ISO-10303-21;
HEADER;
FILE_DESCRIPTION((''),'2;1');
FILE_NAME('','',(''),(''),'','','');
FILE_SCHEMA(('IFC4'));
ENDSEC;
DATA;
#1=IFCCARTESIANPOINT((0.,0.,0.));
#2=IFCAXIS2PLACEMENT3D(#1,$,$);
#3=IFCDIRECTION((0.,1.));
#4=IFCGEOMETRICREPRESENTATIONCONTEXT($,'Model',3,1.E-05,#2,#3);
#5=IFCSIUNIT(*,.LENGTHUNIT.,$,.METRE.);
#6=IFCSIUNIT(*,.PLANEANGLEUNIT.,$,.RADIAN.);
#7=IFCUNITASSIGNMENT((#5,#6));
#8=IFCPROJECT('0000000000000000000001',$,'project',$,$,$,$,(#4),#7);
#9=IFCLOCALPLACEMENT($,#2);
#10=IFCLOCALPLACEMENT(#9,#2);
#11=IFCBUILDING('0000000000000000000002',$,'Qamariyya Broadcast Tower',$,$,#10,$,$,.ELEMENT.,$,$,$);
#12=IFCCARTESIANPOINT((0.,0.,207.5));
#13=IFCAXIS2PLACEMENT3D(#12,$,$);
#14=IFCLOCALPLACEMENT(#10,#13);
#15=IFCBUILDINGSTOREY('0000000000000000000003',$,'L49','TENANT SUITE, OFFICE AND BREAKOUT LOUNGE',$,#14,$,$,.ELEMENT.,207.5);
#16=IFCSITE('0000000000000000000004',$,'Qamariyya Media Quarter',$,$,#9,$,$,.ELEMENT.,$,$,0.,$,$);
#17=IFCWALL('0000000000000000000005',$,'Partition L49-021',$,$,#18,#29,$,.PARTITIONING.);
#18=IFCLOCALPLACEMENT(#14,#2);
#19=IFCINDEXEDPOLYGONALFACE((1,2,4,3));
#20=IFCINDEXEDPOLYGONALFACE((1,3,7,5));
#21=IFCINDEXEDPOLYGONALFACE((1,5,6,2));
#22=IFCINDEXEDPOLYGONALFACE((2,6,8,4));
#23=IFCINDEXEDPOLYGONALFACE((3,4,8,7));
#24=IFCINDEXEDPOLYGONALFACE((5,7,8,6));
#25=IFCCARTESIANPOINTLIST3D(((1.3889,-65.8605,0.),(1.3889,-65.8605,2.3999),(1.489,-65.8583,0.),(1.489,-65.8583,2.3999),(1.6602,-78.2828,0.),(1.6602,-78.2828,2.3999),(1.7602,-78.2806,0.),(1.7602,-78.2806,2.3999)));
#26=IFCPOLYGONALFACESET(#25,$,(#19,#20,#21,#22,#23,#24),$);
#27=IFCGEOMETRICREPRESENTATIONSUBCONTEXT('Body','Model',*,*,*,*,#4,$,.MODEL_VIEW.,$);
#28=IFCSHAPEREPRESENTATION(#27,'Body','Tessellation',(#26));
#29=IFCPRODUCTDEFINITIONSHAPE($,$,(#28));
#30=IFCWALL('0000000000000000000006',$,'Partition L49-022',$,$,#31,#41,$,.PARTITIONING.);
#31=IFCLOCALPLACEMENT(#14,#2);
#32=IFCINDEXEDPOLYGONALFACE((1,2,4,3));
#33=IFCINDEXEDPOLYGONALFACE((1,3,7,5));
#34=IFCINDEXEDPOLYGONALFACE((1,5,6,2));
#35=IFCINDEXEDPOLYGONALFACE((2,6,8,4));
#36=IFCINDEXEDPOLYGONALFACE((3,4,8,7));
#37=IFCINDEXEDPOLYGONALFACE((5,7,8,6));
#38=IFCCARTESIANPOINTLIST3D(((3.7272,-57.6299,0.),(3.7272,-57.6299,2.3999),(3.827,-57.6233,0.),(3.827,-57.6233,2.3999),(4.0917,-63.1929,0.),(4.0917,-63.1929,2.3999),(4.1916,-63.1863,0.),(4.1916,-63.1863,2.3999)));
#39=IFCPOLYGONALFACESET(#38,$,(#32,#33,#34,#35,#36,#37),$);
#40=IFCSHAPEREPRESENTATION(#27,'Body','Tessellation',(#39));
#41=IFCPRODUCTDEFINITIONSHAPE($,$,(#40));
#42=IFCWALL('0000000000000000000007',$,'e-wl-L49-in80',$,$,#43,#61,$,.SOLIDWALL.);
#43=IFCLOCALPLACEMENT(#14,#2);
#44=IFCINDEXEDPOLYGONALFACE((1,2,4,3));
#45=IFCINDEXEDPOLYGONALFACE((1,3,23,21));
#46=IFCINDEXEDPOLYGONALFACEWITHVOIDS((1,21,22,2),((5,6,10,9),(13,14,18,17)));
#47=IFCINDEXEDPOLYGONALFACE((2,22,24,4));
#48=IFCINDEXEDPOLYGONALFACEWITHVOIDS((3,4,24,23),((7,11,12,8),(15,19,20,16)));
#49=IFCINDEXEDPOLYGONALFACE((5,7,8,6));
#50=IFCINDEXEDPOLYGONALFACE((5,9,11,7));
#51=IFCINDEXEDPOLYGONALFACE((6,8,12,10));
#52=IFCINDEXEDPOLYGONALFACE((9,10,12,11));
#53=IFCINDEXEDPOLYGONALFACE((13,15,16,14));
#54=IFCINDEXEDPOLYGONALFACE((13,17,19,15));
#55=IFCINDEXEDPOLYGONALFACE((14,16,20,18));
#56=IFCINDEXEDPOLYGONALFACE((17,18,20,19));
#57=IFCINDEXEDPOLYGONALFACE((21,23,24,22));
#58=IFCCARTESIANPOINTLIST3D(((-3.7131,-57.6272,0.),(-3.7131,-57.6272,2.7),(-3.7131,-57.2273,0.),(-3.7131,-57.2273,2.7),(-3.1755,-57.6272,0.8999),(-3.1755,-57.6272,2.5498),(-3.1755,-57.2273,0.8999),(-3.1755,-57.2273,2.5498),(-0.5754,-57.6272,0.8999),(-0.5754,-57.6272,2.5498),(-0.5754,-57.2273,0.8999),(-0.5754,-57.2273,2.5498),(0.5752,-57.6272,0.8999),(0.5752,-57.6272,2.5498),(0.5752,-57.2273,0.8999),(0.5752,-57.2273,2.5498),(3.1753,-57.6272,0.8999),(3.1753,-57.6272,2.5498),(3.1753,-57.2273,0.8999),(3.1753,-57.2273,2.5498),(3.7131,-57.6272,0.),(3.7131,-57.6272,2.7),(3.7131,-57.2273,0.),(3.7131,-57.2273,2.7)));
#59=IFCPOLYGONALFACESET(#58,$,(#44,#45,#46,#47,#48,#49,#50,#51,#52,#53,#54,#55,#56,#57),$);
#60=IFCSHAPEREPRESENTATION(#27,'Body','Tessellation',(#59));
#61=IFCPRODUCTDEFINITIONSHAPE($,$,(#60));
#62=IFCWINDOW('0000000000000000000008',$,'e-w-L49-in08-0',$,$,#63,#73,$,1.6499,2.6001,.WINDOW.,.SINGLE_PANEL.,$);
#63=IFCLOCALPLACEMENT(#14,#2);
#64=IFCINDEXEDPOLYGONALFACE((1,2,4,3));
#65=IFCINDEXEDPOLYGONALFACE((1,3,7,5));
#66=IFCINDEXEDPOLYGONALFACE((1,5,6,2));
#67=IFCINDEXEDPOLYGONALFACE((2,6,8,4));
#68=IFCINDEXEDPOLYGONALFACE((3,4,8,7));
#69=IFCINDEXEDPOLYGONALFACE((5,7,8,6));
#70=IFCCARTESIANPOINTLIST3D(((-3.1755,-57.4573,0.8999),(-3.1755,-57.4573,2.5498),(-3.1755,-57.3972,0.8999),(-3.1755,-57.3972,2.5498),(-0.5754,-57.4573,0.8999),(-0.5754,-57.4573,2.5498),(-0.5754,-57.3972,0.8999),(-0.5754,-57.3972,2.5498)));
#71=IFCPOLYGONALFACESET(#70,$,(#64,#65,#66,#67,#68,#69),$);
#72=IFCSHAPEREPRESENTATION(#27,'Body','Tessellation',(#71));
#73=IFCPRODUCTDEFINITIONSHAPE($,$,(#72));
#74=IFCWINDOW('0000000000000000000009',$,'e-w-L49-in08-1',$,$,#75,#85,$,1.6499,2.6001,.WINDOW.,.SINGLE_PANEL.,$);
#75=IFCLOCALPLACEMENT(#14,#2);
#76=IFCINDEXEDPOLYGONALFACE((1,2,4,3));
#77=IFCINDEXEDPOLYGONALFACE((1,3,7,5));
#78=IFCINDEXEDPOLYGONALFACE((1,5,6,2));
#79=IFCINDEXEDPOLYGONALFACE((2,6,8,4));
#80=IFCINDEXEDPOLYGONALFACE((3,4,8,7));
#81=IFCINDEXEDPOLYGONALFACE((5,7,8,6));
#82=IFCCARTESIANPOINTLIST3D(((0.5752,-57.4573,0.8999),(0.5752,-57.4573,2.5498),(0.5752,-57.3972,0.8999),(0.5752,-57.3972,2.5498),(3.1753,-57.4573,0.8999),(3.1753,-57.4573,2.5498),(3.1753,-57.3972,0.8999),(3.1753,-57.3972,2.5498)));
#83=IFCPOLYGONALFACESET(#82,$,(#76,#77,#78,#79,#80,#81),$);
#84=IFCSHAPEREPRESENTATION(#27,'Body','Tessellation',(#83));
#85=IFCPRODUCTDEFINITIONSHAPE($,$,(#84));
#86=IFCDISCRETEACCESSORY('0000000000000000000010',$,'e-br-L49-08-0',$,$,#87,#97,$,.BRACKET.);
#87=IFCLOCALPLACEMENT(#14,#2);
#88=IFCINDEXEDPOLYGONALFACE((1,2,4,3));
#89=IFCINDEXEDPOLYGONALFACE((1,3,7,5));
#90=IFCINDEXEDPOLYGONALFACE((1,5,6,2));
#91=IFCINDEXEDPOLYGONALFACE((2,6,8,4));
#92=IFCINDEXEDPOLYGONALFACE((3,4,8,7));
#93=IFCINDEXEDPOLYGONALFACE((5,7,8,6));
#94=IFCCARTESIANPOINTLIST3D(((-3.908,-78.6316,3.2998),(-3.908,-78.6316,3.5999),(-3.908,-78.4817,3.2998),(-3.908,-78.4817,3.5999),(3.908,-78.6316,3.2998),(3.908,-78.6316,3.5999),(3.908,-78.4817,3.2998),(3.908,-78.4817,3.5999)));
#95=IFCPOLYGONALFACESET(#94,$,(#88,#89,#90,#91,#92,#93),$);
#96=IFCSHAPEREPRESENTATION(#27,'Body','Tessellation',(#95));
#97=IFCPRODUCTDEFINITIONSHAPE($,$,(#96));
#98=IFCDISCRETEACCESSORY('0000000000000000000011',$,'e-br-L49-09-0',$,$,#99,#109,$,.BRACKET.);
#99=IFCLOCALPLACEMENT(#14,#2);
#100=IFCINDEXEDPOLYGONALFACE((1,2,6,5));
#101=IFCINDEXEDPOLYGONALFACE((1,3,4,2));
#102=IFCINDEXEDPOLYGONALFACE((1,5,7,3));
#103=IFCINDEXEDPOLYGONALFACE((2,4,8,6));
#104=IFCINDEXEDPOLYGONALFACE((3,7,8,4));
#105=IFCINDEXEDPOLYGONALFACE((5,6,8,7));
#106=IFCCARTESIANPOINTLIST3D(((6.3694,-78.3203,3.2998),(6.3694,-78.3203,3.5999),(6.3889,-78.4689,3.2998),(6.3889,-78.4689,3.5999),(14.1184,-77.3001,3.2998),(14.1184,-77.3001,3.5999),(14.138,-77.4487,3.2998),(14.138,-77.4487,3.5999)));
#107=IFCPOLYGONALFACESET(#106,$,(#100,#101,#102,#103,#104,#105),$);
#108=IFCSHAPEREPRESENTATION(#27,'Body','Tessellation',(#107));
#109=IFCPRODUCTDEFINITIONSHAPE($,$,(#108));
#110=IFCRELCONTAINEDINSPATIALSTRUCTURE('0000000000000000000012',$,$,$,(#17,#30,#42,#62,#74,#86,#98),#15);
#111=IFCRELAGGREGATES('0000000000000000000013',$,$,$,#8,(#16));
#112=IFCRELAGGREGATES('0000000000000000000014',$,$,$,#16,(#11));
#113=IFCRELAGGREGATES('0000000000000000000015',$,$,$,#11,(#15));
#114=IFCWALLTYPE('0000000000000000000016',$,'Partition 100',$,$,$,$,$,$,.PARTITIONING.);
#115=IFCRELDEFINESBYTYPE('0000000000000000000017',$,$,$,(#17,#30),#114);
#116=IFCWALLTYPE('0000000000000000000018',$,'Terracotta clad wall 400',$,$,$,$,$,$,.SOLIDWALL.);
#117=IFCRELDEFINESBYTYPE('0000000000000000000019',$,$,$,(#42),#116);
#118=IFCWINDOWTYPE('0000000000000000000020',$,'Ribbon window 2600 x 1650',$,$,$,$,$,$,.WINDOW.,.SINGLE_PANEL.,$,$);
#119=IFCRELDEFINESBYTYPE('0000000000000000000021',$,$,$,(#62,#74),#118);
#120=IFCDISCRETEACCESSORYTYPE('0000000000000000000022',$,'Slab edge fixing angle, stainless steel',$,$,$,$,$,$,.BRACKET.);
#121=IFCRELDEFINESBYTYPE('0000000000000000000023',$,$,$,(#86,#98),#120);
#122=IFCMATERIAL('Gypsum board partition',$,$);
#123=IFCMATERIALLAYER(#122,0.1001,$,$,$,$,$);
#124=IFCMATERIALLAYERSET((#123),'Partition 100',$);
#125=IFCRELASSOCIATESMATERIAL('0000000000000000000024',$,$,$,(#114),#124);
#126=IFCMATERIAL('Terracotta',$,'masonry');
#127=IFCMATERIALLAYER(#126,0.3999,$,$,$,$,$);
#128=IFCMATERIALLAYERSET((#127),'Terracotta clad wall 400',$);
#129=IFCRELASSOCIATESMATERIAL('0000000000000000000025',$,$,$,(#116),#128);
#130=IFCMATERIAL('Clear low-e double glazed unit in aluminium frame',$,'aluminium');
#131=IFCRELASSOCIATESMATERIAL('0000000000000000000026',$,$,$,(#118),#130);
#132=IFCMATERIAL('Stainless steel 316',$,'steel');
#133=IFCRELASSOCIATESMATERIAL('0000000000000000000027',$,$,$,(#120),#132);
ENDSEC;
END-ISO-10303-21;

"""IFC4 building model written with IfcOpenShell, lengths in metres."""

from ifc_helpers import new_model, si_unit, direction, frame, frame_2d, origin, origin_2d, place, context, subcontext, project, spatial, rectangle, extrude, material, layer, layer_set, type_object, element, fill, save


model = new_model("IFC4")

# Units and contexts
model_context = context("Model", 3, precision=1e-05, world=origin(), true_north=direction((0.0, 1.0)))
body_context = subcontext(model_context, "Body", "Model", "MODEL_VIEW")
ifc_project = project(units=[si_unit("LENGTHUNIT", "METRE"), si_unit("PLANEANGLEUNIT", "RADIAN")], contexts=[model_context])

# Site, building, storey
site_placement = place(None, origin())
site = spatial("IfcSite", under=ifc_project, at=site_placement, Name="Qamariyya Media Quarter", CompositionType="ELEMENT", RefElevation=0.0)
building_placement = place(site_placement, origin())
building = spatial("IfcBuilding", under=site, at=building_placement, Name="Qamariyya Broadcast Tower", CompositionType="ELEMENT")
storey_placement = place(building_placement, frame((0.0, 0.0, 207.5)))
storey = spatial("IfcBuildingStorey", under=building, at=storey_placement, Name="L49", Description="TENANT SUITE, OFFICE AND BREAKOUT LOUNGE", CompositionType="ELEMENT", Elevation=207.5)

# Shared definitions
ifc_material_1 = material(Name="Gypsum board partition")

# Walls
ifc_layer_1 = layer(ifc_material_1, 0.1001)
ifc_layer_set_1 = layer_set([ifc_layer_1], Name="Partition 100")
wall_type_1 = type_object("IfcWallType", Name="Partition 100", PredefinedType="PARTITIONING", material=ifc_layer_set_1)
wall_1_placement = place(storey_placement, frame((1.7102, -78.2817, 0.0), z_axis=(0.0, 0.0, 1.0), x_axis=(-0.02183, 0.999762, 0.0)))
element("IfcWall", 1, at=wall_1_placement, inside=storey, type_object=wall_type_1, Name="Partition L49-021", PredefinedType="PARTITIONING", context=body_context, shape_type="SweptSolid", body=[
    extrude(rectangle(XDim=12.4253, YDim=0.1001, at=frame_2d((6.2126, 0.0))), origin(), (0.0, 0.0, 1.0), 2.3999),
])
wall_2_placement = place(storey_placement, frame((3.7771, -57.6265, 0.0), z_axis=(0.0, 0.0, 1.0), x_axis=(0.065382, -0.99786, 0.0)))
element("IfcWall", 2, at=wall_2_placement, inside=storey, type_object=wall_type_1, Name="Partition L49-022", PredefinedType="PARTITIONING", context=body_context, shape_type="SweptSolid", body=[
    extrude(rectangle(XDim=5.575, YDim=0.1001, at=frame_2d((2.7876, 0.0))), origin(), (0.0, 0.0, 1.0), 2.3999),
])

# Wall, openings, windows
ifc_material_2 = material(Name="Terracotta", Category="masonry")
ifc_layer_2 = layer(ifc_material_2, 0.3999)
ifc_layer_set_2 = layer_set([ifc_layer_2], Name="Terracotta clad wall 400")
wall_type_2 = type_object("IfcWallType", Name="Terracotta clad wall 400", PredefinedType="SOLIDWALL", material=ifc_layer_set_2)
wall_3_placement = place(storey_placement, frame((3.7131, -57.4272, 0.0), z_axis=(0.0, 0.0, 1.0), x_axis=(-1.0, 0.0, 0.0)))
wall_3 = element("IfcWall", 3, at=wall_3_placement, inside=storey, type_object=wall_type_2, Name="e-wl-L49-in80", PredefinedType="SOLIDWALL", context=body_context, shape_type="SweptSolid", body=[
    extrude(rectangle(XDim=7.4263, YDim=0.3999, at=frame_2d((3.7131, 0.0))), origin(), (0.0, 0.0, 1.0), 2.7),
])
opening_1_placement = place(wall_3_placement, frame((4.2886, 0.0, 0.8999)))
opening_1 = element("IfcOpeningElement", 4, at=opening_1_placement, cuts=wall_3, PredefinedType="OPENING", context=body_context, shape_type="SweptSolid", body=[
    extrude(rectangle(XDim=2.6001, YDim=1.6499, at=frame_2d((1.3, 0.825))), frame((0.0, 0.21, 0.0), z_axis=(0.0, -1.0, 0.0), x_axis=(1.0, 0.0, 0.0)), (0.0, 0.0, 1.0), 0.4199),
])
opening_2_placement = place(wall_3_placement, frame((0.5378, 0.0, 0.8999)))
opening_2 = element("IfcOpeningElement", 5, at=opening_2_placement, cuts=wall_3, PredefinedType="OPENING", context=body_context, shape_type="SweptSolid", body=[
    extrude(rectangle(XDim=2.6001, YDim=1.6499, at=frame_2d((1.3, 0.825))), frame((0.0, 0.21, 0.0), z_axis=(0.0, -1.0, 0.0), x_axis=(1.0, 0.0, 0.0)), (0.0, 0.0, 1.0), 0.4199),
])
ifc_material_3 = material(Name="Clear low-e double glazed unit in aluminium frame", Category="aluminium")
window_type = type_object("IfcWindowType", Name="Ribbon window 2600 x 1650", PartitioningType="SINGLE_PANEL", PredefinedType="WINDOW", material=ifc_material_3)
window_1_placement = place(opening_1_placement, origin())
window_1 = element("IfcWindow", 6, at=window_1_placement, inside=storey, type_object=window_type, Name="e-w-L49-in08-0", OverallHeight=1.6499, OverallWidth=2.6001, PartitioningType="SINGLE_PANEL", PredefinedType="WINDOW", context=body_context, shape_type="SweptSolid", body=[
    extrude(rectangle(XDim=2.6001, YDim=1.6499, at=frame_2d((1.3, 0.825))), frame((0.0, 0.03, 0.0), z_axis=(0.0, -1.0, 0.0), x_axis=(1.0, 0.0, 0.0)), (0.0, 0.0, 1.0), 0.0601),
])
fill(opening_1, window_1)
window_2_placement = place(opening_2_placement, origin())
window_2 = element("IfcWindow", 7, at=window_2_placement, inside=storey, type_object=window_type, Name="e-w-L49-in08-1", OverallHeight=1.6499, OverallWidth=2.6001, PartitioningType="SINGLE_PANEL", PredefinedType="WINDOW", context=body_context, shape_type="SweptSolid", body=[
    extrude(rectangle(XDim=2.6001, YDim=1.6499, at=frame_2d((1.3, 0.825))), frame((0.0, 0.03, 0.0), z_axis=(0.0, -1.0, 0.0), x_axis=(1.0, 0.0, 0.0)), (0.0, 0.0, 1.0), 0.0601),
])
fill(opening_2, window_2)

# Discrete accessories
ifc_material_4 = material(Name="Stainless steel 316", Category="steel")
discrete_accessory_type = type_object("IfcDiscreteAccessoryType", Name="Slab edge fixing angle, stainless steel", PredefinedType="BRACKET", material=ifc_material_4)
for number, where, z_axis, x_axis, name in (
    (8, (0.0, -78.5566, 3.2998), (0.0, 0.0, 1.0), (1.0, 0.0, 0.0), "e-br-L49-08-0"),
    (9, (10.2537, -77.8845, 3.2998), (0.0, 0.0, 1.0), (0.991445, 0.130526, 0.0), "e-br-L49-09-0"),
):
    element("IfcDiscreteAccessory", number, at=place(storey_placement, frame(where, z_axis=z_axis, x_axis=x_axis)), inside=storey, type_object=discrete_accessory_type, Name=name, PredefinedType="BRACKET", context=body_context, shape_type="SweptSolid", body=[
        extrude(rectangle(XDim=7.8159, YDim=0.1499, at=origin_2d()), origin(), (0.0, 0.0, 1.0), 0.3),
    ])

save(model, "model.ifc")
